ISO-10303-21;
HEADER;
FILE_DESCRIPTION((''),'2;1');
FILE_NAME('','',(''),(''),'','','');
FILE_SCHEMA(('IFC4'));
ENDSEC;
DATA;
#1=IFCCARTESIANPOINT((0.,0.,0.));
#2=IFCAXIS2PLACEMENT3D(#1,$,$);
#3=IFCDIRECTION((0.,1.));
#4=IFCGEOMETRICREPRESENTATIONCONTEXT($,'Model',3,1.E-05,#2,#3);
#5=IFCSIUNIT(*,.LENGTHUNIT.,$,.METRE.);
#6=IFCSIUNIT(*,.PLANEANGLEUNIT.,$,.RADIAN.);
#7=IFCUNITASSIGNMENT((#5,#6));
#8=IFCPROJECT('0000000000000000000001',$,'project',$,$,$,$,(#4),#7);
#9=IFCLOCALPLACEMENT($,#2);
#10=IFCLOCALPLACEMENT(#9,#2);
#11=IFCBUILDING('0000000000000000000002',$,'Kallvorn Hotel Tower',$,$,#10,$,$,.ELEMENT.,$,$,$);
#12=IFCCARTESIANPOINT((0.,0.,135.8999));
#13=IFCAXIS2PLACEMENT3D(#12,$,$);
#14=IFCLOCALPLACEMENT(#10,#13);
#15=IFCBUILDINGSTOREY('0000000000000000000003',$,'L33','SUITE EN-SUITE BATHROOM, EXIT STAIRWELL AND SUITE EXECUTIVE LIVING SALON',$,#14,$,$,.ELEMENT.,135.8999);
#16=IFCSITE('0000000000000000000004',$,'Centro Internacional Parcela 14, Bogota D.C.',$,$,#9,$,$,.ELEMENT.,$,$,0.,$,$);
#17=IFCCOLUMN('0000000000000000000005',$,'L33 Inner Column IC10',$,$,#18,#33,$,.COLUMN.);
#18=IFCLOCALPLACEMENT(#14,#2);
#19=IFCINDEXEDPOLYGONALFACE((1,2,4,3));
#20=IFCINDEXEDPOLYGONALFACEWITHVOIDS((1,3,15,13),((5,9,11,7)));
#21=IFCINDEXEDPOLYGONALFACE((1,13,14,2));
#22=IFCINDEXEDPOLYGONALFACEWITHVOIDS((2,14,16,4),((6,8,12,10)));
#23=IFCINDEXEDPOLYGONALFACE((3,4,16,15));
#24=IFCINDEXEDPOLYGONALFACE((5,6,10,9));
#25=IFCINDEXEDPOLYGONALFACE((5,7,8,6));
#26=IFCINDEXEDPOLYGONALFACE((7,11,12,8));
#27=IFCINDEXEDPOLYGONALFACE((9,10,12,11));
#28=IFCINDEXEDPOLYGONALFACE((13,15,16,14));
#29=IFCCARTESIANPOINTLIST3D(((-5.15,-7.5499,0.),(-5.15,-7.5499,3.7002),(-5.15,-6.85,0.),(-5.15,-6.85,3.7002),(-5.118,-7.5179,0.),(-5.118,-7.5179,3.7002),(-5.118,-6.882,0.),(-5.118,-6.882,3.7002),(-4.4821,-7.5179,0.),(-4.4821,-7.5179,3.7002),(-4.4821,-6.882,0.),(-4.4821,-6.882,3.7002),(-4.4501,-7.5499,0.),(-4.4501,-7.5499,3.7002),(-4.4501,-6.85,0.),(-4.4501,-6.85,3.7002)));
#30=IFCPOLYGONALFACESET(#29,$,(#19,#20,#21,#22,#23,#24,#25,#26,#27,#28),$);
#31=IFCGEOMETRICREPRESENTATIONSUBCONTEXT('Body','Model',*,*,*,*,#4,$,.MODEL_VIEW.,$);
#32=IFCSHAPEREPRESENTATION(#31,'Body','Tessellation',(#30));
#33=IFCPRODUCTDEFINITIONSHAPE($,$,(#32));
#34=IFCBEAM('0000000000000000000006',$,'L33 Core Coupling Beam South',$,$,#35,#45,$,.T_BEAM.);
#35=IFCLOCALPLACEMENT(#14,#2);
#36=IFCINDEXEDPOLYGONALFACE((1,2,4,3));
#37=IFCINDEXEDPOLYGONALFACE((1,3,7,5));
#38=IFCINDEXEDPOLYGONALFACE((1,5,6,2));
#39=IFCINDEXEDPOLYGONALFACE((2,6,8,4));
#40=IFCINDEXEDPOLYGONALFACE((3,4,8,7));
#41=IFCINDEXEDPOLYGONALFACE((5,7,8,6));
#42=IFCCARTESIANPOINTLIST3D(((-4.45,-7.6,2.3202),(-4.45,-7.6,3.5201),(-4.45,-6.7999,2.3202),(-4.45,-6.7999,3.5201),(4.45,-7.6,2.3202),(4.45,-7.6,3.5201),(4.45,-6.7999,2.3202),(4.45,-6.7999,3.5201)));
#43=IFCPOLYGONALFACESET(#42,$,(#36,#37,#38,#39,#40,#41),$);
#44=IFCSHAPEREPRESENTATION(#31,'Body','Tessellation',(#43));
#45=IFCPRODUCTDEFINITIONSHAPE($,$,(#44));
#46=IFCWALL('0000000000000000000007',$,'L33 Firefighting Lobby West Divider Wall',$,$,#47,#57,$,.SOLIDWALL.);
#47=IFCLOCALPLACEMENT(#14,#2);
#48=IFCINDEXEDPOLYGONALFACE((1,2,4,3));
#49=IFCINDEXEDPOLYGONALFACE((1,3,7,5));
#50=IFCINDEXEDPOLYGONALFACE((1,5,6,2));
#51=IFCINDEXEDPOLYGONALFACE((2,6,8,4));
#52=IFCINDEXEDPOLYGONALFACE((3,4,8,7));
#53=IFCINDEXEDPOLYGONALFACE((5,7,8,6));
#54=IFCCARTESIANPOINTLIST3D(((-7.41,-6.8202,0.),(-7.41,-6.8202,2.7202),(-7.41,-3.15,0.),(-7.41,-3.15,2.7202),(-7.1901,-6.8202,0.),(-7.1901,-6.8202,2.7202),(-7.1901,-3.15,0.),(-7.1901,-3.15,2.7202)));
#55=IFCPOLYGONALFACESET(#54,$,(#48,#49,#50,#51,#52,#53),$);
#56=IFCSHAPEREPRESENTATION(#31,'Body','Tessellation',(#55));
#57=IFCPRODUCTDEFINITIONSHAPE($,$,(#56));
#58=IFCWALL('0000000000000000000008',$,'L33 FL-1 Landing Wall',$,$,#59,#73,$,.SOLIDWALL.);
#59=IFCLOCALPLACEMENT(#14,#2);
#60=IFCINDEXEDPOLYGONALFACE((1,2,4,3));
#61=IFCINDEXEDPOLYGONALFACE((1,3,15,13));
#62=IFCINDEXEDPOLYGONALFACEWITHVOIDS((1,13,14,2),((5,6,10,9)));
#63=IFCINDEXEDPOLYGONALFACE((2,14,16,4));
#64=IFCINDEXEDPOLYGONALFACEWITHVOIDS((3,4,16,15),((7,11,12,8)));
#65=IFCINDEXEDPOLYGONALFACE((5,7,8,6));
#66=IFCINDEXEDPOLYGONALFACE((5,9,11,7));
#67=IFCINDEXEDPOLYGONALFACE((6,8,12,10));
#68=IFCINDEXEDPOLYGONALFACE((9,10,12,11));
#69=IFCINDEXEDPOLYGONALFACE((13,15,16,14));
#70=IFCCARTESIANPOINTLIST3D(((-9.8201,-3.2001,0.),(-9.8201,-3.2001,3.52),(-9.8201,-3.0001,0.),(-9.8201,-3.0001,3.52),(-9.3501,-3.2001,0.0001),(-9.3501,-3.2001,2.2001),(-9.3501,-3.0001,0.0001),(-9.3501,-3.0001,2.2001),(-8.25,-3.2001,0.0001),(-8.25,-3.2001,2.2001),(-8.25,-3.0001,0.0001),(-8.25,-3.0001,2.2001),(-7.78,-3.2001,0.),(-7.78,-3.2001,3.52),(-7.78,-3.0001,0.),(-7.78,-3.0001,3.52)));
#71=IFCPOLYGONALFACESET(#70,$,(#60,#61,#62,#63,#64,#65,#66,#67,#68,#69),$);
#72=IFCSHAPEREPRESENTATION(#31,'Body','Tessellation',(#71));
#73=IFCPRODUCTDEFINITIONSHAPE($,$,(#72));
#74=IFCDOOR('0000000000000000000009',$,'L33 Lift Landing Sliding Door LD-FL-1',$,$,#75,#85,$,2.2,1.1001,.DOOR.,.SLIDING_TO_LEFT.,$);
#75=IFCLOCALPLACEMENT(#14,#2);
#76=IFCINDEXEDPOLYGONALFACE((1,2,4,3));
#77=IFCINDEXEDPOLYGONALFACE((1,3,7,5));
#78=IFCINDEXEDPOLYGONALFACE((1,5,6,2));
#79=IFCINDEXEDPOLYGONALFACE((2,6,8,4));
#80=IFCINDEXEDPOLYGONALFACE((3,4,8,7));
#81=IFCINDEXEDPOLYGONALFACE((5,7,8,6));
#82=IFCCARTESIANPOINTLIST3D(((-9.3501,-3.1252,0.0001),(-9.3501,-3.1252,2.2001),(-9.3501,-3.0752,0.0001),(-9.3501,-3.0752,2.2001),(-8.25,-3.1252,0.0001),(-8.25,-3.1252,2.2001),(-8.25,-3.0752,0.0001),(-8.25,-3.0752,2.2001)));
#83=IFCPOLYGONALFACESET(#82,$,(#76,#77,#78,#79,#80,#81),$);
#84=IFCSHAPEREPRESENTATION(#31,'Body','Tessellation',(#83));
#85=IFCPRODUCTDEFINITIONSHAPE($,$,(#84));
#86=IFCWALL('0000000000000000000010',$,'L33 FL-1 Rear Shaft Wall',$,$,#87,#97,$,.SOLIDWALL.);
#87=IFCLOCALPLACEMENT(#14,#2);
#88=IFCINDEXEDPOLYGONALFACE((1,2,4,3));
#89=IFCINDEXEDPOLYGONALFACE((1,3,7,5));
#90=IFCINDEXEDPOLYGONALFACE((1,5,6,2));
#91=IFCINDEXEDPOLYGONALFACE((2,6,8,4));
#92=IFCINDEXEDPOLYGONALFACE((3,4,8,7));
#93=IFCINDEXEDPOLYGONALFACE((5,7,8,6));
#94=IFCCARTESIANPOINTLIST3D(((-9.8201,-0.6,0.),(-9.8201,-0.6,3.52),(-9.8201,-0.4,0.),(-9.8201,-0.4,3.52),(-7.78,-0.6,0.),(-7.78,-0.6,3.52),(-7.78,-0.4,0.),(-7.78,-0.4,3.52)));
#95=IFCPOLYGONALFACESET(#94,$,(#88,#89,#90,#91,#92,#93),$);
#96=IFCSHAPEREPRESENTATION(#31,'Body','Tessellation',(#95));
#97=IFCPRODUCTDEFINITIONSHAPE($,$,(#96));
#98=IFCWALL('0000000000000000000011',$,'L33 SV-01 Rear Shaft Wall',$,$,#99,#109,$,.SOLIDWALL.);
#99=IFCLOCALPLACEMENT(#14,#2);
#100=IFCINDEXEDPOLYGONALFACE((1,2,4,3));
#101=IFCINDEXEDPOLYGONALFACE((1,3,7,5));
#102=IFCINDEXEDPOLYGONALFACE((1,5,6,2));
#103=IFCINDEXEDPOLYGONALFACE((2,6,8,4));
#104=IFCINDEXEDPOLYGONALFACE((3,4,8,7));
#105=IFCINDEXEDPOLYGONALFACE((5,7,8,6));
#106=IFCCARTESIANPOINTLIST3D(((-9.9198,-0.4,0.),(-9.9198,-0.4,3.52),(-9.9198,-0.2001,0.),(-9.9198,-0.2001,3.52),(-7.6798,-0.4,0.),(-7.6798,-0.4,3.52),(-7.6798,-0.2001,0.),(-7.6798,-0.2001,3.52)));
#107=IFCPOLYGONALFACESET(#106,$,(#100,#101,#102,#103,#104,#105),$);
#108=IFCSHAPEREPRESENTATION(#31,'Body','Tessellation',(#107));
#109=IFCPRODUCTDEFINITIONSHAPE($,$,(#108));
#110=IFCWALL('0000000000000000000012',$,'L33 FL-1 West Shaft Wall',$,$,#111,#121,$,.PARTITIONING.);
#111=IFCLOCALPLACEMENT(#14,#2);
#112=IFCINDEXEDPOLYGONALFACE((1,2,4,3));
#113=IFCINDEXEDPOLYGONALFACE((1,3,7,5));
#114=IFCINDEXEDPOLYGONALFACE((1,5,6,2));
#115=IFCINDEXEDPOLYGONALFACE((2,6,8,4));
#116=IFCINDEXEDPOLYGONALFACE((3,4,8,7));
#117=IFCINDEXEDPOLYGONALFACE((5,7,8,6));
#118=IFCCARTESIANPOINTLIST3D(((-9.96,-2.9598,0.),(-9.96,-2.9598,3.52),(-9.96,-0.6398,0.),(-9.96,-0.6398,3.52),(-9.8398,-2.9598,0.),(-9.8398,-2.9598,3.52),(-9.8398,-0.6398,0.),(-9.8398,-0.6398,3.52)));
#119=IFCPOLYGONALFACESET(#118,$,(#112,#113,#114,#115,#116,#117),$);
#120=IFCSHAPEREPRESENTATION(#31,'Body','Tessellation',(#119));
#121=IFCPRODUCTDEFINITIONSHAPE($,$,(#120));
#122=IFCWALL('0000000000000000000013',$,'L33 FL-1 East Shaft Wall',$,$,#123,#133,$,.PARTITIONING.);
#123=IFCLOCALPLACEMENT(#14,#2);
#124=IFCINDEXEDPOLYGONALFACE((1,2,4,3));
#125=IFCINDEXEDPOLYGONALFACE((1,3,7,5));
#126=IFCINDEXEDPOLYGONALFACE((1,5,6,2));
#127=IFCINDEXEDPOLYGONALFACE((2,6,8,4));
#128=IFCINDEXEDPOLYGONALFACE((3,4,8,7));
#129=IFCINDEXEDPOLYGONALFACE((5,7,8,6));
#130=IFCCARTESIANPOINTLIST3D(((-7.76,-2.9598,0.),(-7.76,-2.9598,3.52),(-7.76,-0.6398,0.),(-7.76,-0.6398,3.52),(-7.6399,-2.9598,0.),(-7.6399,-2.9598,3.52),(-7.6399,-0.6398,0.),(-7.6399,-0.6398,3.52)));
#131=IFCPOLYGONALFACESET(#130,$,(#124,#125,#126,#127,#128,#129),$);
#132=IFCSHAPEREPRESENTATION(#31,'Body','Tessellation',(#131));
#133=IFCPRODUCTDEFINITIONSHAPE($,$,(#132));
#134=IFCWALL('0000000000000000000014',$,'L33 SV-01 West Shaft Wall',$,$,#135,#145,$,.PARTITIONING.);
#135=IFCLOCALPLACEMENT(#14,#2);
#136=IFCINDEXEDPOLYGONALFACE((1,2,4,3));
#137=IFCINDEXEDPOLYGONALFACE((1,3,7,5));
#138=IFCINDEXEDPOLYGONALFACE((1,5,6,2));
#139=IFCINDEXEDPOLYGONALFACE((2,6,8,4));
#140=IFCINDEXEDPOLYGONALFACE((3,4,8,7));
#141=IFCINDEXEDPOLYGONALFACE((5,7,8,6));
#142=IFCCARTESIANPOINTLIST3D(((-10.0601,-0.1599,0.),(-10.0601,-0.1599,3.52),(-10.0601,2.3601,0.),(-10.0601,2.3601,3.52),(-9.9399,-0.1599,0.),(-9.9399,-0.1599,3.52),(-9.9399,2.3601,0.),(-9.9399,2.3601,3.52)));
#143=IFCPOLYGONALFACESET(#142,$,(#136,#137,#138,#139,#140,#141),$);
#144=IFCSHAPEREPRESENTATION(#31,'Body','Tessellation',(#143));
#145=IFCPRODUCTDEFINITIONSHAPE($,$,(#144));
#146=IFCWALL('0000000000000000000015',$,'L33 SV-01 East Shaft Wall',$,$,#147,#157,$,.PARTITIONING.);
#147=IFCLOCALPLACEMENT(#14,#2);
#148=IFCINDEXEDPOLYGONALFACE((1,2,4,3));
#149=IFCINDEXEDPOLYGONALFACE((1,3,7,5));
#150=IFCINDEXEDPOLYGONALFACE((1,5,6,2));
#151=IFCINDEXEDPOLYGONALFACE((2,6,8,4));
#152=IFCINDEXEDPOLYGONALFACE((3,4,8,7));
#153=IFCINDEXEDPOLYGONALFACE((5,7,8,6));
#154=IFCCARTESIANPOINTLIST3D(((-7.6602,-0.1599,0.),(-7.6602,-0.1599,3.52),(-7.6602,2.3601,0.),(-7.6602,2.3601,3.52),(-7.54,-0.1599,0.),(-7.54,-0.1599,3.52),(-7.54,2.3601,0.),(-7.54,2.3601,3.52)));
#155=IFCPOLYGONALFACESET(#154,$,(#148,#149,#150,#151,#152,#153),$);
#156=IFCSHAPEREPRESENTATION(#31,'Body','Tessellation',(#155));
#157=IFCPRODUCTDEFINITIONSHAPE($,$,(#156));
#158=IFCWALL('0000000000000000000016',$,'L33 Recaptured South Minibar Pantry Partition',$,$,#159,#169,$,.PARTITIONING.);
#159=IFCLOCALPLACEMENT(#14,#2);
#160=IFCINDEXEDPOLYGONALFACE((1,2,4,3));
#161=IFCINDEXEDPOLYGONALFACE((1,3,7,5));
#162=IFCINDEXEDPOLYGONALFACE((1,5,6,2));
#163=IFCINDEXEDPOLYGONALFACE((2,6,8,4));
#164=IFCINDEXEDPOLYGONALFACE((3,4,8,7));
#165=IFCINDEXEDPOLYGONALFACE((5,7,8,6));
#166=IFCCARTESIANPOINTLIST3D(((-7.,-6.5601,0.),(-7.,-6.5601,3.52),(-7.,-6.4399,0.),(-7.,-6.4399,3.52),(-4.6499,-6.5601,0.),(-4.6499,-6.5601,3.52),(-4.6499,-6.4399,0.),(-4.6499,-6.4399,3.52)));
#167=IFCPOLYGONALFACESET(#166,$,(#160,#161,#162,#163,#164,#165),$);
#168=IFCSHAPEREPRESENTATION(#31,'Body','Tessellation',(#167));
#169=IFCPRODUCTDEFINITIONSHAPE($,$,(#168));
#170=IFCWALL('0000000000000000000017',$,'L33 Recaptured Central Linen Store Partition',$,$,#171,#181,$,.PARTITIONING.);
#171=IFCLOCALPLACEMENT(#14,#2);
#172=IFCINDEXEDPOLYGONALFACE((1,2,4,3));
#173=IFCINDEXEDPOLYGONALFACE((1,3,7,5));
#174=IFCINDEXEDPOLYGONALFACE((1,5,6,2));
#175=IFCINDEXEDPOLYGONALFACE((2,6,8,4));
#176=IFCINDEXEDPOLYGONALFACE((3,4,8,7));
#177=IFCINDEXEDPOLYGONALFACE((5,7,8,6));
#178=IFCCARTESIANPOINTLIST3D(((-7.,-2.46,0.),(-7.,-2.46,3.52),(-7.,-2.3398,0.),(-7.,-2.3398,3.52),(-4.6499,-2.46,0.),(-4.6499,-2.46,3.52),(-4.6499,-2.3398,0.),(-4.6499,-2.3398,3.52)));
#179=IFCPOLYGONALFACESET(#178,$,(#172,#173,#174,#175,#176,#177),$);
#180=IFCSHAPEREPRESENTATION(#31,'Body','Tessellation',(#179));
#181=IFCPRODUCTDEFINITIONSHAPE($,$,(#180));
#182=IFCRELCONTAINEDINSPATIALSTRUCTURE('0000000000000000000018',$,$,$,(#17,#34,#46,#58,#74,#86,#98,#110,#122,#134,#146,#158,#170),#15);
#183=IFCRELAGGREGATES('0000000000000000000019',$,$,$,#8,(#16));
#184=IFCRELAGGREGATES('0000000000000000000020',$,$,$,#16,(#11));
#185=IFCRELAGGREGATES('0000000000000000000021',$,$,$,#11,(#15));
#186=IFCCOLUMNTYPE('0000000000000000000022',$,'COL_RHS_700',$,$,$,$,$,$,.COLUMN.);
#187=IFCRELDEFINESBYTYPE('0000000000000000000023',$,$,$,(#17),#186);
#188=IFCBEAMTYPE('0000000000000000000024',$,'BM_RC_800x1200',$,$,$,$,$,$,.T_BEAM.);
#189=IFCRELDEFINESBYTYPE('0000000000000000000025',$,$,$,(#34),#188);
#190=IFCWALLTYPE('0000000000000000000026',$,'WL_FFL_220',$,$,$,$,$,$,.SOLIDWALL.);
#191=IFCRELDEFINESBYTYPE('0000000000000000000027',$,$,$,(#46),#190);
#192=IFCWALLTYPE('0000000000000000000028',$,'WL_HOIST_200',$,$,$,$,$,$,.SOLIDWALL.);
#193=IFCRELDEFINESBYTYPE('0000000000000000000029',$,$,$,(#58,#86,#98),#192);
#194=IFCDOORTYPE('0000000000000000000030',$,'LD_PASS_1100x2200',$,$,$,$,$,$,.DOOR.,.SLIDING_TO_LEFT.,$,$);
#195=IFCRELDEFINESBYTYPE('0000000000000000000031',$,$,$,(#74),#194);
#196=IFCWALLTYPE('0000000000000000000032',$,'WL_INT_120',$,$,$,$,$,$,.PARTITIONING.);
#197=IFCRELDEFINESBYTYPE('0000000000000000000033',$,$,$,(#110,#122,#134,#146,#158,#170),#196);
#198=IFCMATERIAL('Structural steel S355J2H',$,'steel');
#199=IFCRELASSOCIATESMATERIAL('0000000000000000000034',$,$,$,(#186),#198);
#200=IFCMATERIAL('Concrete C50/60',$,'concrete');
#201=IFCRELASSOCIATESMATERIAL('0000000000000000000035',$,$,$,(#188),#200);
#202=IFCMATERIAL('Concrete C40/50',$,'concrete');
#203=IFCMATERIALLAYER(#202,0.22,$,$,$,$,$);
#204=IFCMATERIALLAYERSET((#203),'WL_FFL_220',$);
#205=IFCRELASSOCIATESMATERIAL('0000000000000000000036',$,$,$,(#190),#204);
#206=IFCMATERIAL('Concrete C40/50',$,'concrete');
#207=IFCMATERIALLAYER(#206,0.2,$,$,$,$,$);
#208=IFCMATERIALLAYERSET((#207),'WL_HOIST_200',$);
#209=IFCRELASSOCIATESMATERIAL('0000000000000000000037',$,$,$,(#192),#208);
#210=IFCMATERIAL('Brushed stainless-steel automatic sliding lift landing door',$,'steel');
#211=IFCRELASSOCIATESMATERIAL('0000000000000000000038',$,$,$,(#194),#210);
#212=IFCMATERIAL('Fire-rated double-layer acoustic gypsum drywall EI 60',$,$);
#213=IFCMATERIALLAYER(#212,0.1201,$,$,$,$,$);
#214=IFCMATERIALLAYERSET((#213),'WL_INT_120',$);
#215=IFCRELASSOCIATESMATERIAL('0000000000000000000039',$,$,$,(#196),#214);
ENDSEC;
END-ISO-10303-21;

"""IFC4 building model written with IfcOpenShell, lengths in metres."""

from ifc_helpers import new_model, si_unit, direction, frame, frame_2d, origin, origin_2d, place, context, subcontext, project, spatial, rectangle, hollow_rectangle, extrude, material, layer, layer_set, material_profile, profile_set, type_object, element, fill, save


model = new_model("IFC4")

# Units and contexts
model_context = context("Model", 3, precision=1e-05, world=origin(), true_north=direction((0.0, 1.0)))
body_context = subcontext(model_context, "Body", "Model", "MODEL_VIEW")
ifc_project = project(units=[si_unit("LENGTHUNIT", "METRE"), si_unit("PLANEANGLEUNIT", "RADIAN")], contexts=[model_context])

# Site, building, storey
site_placement = place(None, origin())
site = spatial("IfcSite", under=ifc_project, at=site_placement, Name="Centro Internacional Parcela 14, Bogota D.C.", CompositionType="ELEMENT", RefElevation=0.0)
building_placement = place(site_placement, origin())
building = spatial("IfcBuilding", under=site, at=building_placement, Name="Kallvorn Hotel Tower", CompositionType="ELEMENT")
storey_placement = place(building_placement, frame((0.0, 0.0, 135.8999)))
storey = spatial("IfcBuildingStorey", under=building, at=storey_placement, Name="L33", Description="SUITE EN-SUITE BATHROOM, EXIT STAIRWELL AND SUITE EXECUTIVE LIVING SALON", CompositionType="ELEMENT", Elevation=135.8999)

# Column
ifc_material_1 = material(Name="Structural steel S355J2H", Category="steel")
ifc_material_profile_1 = material_profile(ifc_material_1, hollow_rectangle(XDim=0.7, YDim=0.7, WallThickness=0.032, at=origin_2d()), Name="RHS 700x700x32")
ifc_profile_set_1 = profile_set([ifc_material_profile_1], Name="Structural steel S355J2H")
column_type = type_object("IfcColumnType", Name="COL_RHS_700", PredefinedType="COLUMN", material=ifc_profile_set_1)
column_placement = place(storey_placement, frame((-4.8, -7.2, 0.0), z_axis=(0.0, 0.0, 1.0), x_axis=(1.0, 0.0, 0.0)))
element("IfcColumn", 1, at=column_placement, inside=storey, type_object=column_type, Name="L33 Inner Column IC10", PredefinedType="COLUMN", context=body_context, shape_type="SweptSolid", body=[
    extrude(hollow_rectangle(XDim=0.7, YDim=0.7, WallThickness=0.032, at=origin_2d()), origin(), (0.0, 0.0, 1.0), 3.7002),
])

# Beam
ifc_material_2 = material(Name="Concrete C50/60", Category="concrete")
ifc_material_profile_2 = material_profile(ifc_material_2, rectangle(XDim=0.8, YDim=1.2, at=origin_2d()), Name="RC 800x1200")
ifc_profile_set_2 = profile_set([ifc_material_profile_2], Name="Concrete C50/60")
beam_type = type_object("IfcBeamType", Name="BM_RC_800x1200", PredefinedType="T_BEAM", material=ifc_profile_set_2)
beam_placement = place(storey_placement, frame((-4.45, -7.2, 2.9202), z_axis=(1.0, 0.0, 0.0), x_axis=(0.0, 1.0, 0.0)))
element("IfcBeam", 2, at=beam_placement, inside=storey, type_object=beam_type, Name="L33 Core Coupling Beam South", PredefinedType="T_BEAM", context=body_context, shape_type="SweptSolid", body=[
    extrude(rectangle(XDim=0.8, YDim=1.2, at=origin_2d()), origin(), (0.0, 0.0, 1.0), 8.8999),
])

# Wall
ifc_material_3 = material(Name="Concrete C40/50", Category="concrete")
ifc_layer_1 = layer(ifc_material_3, 0.22)
ifc_layer_set_1 = layer_set([ifc_layer_1], Name="WL_FFL_220")
wall_type_1 = type_object("IfcWallType", Name="WL_FFL_220", PredefinedType="SOLIDWALL", material=ifc_layer_set_1)
wall_1_placement = place(storey_placement, frame((-7.3, -6.8201, 0.0), z_axis=(0.0, 0.0, 1.0), x_axis=(0.0, 1.0, 0.0)))
element("IfcWall", 3, at=wall_1_placement, inside=storey, type_object=wall_type_1, Name="L33 Firefighting Lobby West Divider Wall", PredefinedType="SOLIDWALL", context=body_context, shape_type="SweptSolid", body=[
    extrude(rectangle(XDim=3.6702, YDim=0.22, at=frame_2d((1.835, 0.0))), origin(), (0.0, 0.0, 1.0), 2.7202),
])

# Wall, opening, door
ifc_material_4 = material(Name="Concrete C40/50", Category="concrete")
ifc_layer_2 = layer(ifc_material_4, 0.2)
ifc_layer_set_2 = layer_set([ifc_layer_2], Name="WL_HOIST_200")
wall_type_2 = type_object("IfcWallType", Name="WL_HOIST_200", PredefinedType="SOLIDWALL", material=ifc_layer_set_2)
wall_2_placement = place(storey_placement, frame((-9.8201, -3.1001, 0.0), z_axis=(0.0, 0.0, 1.0), x_axis=(1.0, 0.0, 0.0)))
wall_2 = element("IfcWall", 4, at=wall_2_placement, inside=storey, type_object=wall_type_2, Name="L33 FL-1 Landing Wall", PredefinedType="SOLIDWALL", context=body_context, shape_type="SweptSolid", body=[
    extrude(rectangle(XDim=2.04, YDim=0.2, at=frame_2d((1.02, 0.0))), origin(), (0.0, 0.0, 1.0), 3.52),
])
opening_1_placement = place(wall_2_placement, frame((0.47, 0.0, 0.0)))
opening_1 = element("IfcOpeningElement", 5, at=opening_1_placement, cuts=wall_2, PredefinedType="OPENING", context=body_context, shape_type="SweptSolid", body=[
    extrude(rectangle(XDim=1.1001, YDim=2.2, at=frame_2d((0.55, 1.1001))), frame((0.0, 0.115, 0.0), z_axis=(0.0, -1.0, 0.0), x_axis=(1.0, 0.0, 0.0)), (0.0, 0.0, 1.0), 0.23),
])
ifc_material_5 = material(Name="Brushed stainless-steel automatic sliding lift landing door", Category="steel")
door_type_1 = type_object("IfcDoorType", Name="LD_PASS_1100x2200", OperationType="SLIDING_TO_LEFT", PredefinedType="DOOR", material=ifc_material_5)
door_1_placement = place(opening_1_placement, origin())
door_1 = element("IfcDoor", 6, at=door_1_placement, inside=storey, type_object=door_type_1, Name="L33 Lift Landing Sliding Door LD-FL-1", OperationType="SLIDING_TO_LEFT", OverallHeight=2.2, OverallWidth=1.1001, PredefinedType="DOOR", context=body_context, shape_type="SweptSolid", body=[
    extrude(rectangle(XDim=1.1001, YDim=2.2, at=frame_2d((0.55, 1.1001))), frame((0.0, 0.0249, 0.0), z_axis=(0.0, -1.0, 0.0), x_axis=(1.0, 0.0, 0.0)), (0.0, 0.0, 1.0), 0.05),
])
fill(opening_1, door_1)

# Walls
wall_3_placement = place(storey_placement, frame((-9.8201, -0.5, 0.0), z_axis=(0.0, 0.0, 1.0), x_axis=(1.0, 0.0, 0.0)))
element("IfcWall", 7, at=wall_3_placement, inside=storey, type_object=wall_type_2, Name="L33 FL-1 Rear Shaft Wall", PredefinedType="SOLIDWALL", context=body_context, shape_type="SweptSolid", body=[
    extrude(rectangle(XDim=2.04, YDim=0.2, at=frame_2d((1.02, 0.0))), origin(), (0.0, 0.0, 1.0), 3.52),
])
wall_4_placement = place(storey_placement, frame((-9.9199, -0.3, 0.0), z_axis=(0.0, 0.0, 1.0), x_axis=(1.0, 0.0, 0.0)))
element("IfcWall", 8, at=wall_4_placement, inside=storey, type_object=wall_type_2, Name="L33 SV-01 Rear Shaft Wall", PredefinedType="SOLIDWALL", context=body_context, shape_type="SweptSolid", body=[
    extrude(rectangle(XDim=2.24, YDim=0.2, at=frame_2d((1.1201, 0.0))), origin(), (0.0, 0.0, 1.0), 3.52),
])
ifc_material_6 = material(Name="Fire-rated double-layer acoustic gypsum drywall EI 60")
ifc_layer_3 = layer(ifc_material_6, 0.1201)
ifc_layer_set_3 = layer_set([ifc_layer_3], Name="WL_INT_120")
wall_type_3 = type_object("IfcWallType", Name="WL_INT_120", PredefinedType="PARTITIONING", material=ifc_layer_set_3)
for number, where, z_axis, x_axis, name in (
    (9, (-9.8999, -2.96, 0.0), (0.0, 0.0, 1.0), (0.0, 1.0, 0.0), "L33 FL-1 West Shaft Wall"),
    (10, (-7.7, -2.96, 0.0), (0.0, 0.0, 1.0), (0.0, 1.0, 0.0), "L33 FL-1 East Shaft Wall"),
):
    element("IfcWall", number, at=place(storey_placement, frame(where, z_axis=z_axis, x_axis=x_axis)), inside=storey, type_object=wall_type_3, Name=name, PredefinedType="PARTITIONING", context=body_context, shape_type="SweptSolid", body=[
        extrude(rectangle(XDim=2.3201, YDim=0.1201, at=frame_2d((1.1602, 0.0))), origin(), (0.0, 0.0, 1.0), 3.52),
    ])
for number, where, z_axis, x_axis, name in (
    (11, (-10.0, -0.1599, 0.0), (0.0, 0.0, 1.0), (0.0, 1.0, 0.0), "L33 SV-01 West Shaft Wall"),
    (12, (-7.6001, -0.1599, 0.0), (0.0, 0.0, 1.0), (0.0, 1.0, 0.0), "L33 SV-01 East Shaft Wall"),
):
    element("IfcWall", number, at=place(storey_placement, frame(where, z_axis=z_axis, x_axis=x_axis)), inside=storey, type_object=wall_type_3, Name=name, PredefinedType="PARTITIONING", context=body_context, shape_type="SweptSolid", body=[
        extrude(rectangle(XDim=2.52, YDim=0.1201, at=frame_2d((1.26, 0.0))), origin(), (0.0, 0.0, 1.0), 3.52),
    ])
for number, where, z_axis, x_axis, name in (
    (13, (-7.0, -6.5, 0.0), (0.0, 0.0, 1.0), (1.0, 0.0, 0.0), "L33 Recaptured South Minibar Pantry Partition"),
    (14, (-7.0, -2.3999, 0.0), (0.0, 0.0, 1.0), (1.0, 0.0, 0.0), "L33 Recaptured Central Linen Store Partition"),
):
    element("IfcWall", number, at=place(storey_placement, frame(where, z_axis=z_axis, x_axis=x_axis)), inside=storey, type_object=wall_type_3, Name=name, PredefinedType="PARTITIONING", context=body_context, shape_type="SweptSolid", body=[
        extrude(rectangle(XDim=2.3501, YDim=0.1201, at=frame_2d((1.175, 0.0))), origin(), (0.0, 0.0, 1.0), 3.52),
    ])

save(model, "model.ifc")
